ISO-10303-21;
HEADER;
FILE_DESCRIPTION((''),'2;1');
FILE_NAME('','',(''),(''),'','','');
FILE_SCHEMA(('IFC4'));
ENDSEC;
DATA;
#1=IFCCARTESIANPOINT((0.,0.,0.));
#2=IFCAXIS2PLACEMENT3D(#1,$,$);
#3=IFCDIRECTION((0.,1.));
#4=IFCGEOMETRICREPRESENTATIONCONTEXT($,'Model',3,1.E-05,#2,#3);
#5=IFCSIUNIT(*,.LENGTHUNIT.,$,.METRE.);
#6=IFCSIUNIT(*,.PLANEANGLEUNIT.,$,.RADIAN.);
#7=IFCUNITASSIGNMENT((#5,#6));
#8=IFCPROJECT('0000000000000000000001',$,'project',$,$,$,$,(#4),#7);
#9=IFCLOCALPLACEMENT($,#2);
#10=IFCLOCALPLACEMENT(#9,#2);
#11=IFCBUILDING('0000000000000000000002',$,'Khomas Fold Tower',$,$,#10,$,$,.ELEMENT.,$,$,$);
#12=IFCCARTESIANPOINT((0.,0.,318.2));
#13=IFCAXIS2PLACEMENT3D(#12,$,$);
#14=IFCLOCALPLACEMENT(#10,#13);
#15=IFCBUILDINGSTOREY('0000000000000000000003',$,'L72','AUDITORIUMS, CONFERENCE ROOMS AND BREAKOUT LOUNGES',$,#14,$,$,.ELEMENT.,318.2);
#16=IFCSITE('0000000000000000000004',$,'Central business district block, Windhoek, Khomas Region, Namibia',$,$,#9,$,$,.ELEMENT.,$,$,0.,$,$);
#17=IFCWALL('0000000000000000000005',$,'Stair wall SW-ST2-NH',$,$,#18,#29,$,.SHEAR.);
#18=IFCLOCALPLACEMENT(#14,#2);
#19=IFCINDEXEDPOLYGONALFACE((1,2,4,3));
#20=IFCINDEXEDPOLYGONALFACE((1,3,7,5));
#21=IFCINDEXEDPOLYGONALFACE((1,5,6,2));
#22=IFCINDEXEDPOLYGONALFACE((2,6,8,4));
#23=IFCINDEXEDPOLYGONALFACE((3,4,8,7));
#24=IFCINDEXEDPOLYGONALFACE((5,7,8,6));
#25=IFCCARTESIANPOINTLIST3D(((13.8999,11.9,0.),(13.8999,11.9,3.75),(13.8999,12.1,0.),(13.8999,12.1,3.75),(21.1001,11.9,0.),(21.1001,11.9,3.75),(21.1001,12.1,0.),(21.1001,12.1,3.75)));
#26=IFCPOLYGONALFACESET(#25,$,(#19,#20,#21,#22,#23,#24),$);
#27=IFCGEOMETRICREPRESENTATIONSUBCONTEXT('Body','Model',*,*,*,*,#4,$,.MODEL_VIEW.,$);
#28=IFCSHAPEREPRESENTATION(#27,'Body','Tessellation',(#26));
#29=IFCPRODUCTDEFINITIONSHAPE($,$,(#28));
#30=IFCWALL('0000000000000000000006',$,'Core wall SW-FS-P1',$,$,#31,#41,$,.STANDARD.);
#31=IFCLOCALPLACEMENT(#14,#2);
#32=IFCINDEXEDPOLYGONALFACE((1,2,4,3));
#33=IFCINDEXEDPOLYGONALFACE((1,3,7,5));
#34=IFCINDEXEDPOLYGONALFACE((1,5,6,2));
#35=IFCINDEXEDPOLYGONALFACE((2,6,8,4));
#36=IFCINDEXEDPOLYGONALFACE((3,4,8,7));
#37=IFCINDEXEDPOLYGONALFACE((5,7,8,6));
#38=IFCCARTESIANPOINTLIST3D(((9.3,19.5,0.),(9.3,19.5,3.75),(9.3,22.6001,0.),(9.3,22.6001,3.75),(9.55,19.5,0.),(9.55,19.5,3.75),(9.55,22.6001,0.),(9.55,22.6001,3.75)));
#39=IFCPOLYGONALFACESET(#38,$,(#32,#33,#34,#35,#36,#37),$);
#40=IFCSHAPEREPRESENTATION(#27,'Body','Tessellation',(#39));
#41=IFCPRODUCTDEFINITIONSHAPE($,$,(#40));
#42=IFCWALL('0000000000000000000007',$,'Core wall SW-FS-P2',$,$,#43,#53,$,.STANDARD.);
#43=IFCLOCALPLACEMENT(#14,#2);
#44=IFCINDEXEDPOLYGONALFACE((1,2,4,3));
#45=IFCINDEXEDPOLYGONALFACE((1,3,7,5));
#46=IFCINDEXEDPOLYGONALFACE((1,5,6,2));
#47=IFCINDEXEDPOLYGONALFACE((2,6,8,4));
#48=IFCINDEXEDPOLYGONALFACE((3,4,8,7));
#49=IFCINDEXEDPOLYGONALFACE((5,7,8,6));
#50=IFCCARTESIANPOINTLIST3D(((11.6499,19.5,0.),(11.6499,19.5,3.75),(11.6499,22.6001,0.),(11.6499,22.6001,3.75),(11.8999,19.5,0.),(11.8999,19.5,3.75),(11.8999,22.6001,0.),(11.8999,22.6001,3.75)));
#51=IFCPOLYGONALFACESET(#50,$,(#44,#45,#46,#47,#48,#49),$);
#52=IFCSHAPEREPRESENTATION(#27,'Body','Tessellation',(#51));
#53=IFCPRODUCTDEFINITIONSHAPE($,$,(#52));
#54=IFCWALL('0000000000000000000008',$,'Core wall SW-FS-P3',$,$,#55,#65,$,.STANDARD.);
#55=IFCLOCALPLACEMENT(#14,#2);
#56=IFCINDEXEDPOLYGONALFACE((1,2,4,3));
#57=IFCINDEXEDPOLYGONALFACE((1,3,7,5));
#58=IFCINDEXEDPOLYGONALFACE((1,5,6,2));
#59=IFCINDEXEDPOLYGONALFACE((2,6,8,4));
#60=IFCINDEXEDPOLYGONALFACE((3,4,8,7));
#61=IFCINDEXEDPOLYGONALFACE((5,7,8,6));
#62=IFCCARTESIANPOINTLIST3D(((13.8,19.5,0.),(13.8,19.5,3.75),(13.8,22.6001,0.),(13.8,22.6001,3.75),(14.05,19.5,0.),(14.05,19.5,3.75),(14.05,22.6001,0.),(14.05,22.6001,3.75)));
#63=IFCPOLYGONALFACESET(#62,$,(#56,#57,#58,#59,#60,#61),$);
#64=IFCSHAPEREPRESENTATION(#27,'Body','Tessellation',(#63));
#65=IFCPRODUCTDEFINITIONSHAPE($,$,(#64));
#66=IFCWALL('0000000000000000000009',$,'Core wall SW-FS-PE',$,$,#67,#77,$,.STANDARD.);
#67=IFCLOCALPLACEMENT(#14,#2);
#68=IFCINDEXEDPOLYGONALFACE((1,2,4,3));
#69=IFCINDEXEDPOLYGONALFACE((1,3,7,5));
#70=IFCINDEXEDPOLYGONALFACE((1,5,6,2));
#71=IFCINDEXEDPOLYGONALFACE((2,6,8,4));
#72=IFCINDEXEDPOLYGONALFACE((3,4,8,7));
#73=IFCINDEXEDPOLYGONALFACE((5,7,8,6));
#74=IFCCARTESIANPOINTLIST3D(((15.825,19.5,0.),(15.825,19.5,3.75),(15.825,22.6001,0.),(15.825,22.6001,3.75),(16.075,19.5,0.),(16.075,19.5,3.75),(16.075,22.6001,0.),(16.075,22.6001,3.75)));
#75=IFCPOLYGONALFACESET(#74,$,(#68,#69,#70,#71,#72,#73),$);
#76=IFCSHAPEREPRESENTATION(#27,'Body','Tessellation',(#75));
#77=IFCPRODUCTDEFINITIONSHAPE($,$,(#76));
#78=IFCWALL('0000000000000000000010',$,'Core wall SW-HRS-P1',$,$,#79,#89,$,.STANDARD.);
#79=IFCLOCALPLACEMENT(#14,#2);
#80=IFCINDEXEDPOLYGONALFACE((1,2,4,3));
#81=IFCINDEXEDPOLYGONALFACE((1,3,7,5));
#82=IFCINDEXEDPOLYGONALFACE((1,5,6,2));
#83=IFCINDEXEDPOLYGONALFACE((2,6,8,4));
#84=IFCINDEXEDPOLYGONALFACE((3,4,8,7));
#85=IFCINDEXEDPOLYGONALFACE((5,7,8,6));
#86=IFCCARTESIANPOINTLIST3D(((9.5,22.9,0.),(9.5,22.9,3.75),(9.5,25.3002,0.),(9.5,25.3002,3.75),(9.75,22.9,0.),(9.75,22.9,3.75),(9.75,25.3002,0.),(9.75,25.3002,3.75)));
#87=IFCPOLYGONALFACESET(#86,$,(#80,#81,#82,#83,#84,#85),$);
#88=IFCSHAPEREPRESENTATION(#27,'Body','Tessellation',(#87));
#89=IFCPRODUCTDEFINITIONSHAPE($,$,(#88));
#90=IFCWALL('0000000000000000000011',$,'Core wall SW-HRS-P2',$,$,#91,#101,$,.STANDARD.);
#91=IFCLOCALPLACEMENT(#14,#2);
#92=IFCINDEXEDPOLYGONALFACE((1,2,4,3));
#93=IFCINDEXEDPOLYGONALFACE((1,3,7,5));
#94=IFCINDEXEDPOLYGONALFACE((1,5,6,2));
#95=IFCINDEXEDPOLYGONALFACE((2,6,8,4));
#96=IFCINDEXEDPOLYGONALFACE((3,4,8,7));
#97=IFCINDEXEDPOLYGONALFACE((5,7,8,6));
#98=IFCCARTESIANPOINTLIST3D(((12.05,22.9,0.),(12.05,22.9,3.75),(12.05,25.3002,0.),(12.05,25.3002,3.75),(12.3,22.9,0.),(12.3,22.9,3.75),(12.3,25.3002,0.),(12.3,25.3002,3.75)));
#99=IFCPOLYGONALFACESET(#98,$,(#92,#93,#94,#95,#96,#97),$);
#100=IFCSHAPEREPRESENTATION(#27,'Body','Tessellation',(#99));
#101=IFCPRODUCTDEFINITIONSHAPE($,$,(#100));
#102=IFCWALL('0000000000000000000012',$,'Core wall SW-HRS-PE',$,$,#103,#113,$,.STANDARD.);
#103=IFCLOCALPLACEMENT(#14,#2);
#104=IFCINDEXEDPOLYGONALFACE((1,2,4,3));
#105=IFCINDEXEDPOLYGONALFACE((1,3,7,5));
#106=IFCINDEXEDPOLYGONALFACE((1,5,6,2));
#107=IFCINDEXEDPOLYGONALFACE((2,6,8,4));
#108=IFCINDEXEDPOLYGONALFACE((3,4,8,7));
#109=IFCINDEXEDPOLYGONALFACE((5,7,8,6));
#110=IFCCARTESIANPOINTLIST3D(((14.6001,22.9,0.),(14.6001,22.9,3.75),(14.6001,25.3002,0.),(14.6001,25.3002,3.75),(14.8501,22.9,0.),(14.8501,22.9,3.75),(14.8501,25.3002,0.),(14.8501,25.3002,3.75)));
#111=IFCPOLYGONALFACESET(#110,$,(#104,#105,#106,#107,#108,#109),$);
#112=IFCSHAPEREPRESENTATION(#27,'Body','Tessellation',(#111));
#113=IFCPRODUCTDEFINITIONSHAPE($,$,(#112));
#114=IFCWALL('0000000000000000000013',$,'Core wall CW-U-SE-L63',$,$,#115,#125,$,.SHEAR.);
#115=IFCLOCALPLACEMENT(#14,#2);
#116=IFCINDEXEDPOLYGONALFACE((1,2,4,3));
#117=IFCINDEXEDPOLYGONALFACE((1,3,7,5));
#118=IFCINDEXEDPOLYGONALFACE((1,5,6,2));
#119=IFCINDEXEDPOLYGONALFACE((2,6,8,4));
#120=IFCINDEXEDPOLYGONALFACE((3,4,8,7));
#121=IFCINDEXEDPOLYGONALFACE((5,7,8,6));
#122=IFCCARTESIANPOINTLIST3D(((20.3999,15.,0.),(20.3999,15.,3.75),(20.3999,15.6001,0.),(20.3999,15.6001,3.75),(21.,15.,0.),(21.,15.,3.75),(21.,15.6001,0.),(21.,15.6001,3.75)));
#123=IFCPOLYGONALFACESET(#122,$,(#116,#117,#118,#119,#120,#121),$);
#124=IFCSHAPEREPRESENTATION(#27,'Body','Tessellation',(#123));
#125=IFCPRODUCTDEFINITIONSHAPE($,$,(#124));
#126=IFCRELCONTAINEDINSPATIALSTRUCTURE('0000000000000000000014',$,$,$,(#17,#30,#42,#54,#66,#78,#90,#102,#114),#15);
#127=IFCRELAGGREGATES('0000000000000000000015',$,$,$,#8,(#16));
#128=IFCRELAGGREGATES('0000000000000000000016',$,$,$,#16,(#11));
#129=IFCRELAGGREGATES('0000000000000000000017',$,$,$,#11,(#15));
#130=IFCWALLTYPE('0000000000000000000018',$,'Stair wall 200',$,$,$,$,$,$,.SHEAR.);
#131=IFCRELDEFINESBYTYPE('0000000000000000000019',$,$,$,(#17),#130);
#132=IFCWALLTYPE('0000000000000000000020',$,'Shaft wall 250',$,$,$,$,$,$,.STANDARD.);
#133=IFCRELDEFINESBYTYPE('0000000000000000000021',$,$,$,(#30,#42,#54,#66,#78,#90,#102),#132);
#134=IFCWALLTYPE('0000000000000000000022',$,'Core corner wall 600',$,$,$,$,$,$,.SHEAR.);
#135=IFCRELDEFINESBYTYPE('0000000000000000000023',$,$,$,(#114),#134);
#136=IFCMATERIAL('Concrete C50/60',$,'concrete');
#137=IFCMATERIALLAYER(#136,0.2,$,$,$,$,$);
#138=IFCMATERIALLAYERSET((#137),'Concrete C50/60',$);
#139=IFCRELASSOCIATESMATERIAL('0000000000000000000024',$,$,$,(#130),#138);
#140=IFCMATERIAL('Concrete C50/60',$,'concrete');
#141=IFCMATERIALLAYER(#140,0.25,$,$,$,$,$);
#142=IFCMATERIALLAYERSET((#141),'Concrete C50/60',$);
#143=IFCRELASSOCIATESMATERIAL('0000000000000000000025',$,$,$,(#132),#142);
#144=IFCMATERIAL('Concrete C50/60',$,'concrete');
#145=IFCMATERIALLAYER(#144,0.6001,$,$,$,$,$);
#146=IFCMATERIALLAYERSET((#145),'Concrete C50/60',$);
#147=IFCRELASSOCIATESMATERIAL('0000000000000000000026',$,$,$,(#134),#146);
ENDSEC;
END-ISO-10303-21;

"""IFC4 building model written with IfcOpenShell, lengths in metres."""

from ifc_helpers import new_model, si_unit, direction, frame, frame_2d, origin, place, context, subcontext, project, spatial, rectangle, extrude, source, transform, mapped, material, layer, layer_set, type_object, element, save


model = new_model("IFC4")

# Units and contexts
model_context = context("Model", 3, precision=1e-05, world=origin(), true_north=direction((0.0, 1.0)))
body_context = subcontext(model_context, "Body", "Model", "MODEL_VIEW")
ifc_project = project(units=[si_unit("LENGTHUNIT", "METRE"), si_unit("PLANEANGLEUNIT", "RADIAN")], contexts=[model_context])

# Site, building, storey
site_placement = place(None, origin())
site = spatial("IfcSite", under=ifc_project, at=site_placement, Name="Central business district block, Windhoek, Khomas Region, Namibia", CompositionType="ELEMENT", RefElevation=0.0)
building_placement = place(site_placement, origin())
building = spatial("IfcBuilding", under=site, at=building_placement, Name="Khomas Fold Tower", CompositionType="ELEMENT")
storey_placement = place(building_placement, frame((0.0, 0.0, 318.2)))
storey = spatial("IfcBuildingStorey", under=building, at=storey_placement, Name="L72", Description="AUDITORIUMS, CONFERENCE ROOMS AND BREAKOUT LOUNGES", CompositionType="ELEMENT", Elevation=318.2)

# Walls
ifc_material_1 = material(Name="Concrete C50/60", Category="concrete")
ifc_layer_1 = layer(ifc_material_1, 0.2)
ifc_layer_set_1 = layer_set([ifc_layer_1], Name="Concrete C50/60")
wall_type_1 = type_object("IfcWallType", Name="Stair wall 200", PredefinedType="SHEAR", material=ifc_layer_set_1)
shared_shape_1 = source(origin(), body_context, "Body", "SweptSolid", [
    extrude(rectangle(XDim=7.2002, YDim=0.2, at=frame_2d((3.6001, 0.0))), origin(), (0.0, 0.0, 1.0), 3.75),
])
wall_1_placement = place(storey_placement, frame((13.8999, 12.0, 0.0), z_axis=(0.0, 0.0, 1.0), x_axis=(1.0, 0.0, 0.0)))
element("IfcWall", 1, at=wall_1_placement, inside=storey, type_object=wall_type_1, Name="Stair wall SW-ST2-NH", PredefinedType="SHEAR", context=body_context, shape_type="MappedRepresentation", body=[
    mapped(shared_shape_1, transform((0.0, 0.0, 0.0))),
])
ifc_material_2 = material(Name="Concrete C50/60", Category="concrete")
ifc_layer_2 = layer(ifc_material_2, 0.25)
ifc_layer_set_2 = layer_set([ifc_layer_2], Name="Concrete C50/60")
wall_type_2 = type_object("IfcWallType", Name="Shaft wall 250", PredefinedType="STANDARD", material=ifc_layer_set_2)
shared_shape_2 = source(origin(), body_context, "Body", "SweptSolid", [
    extrude(rectangle(XDim=3.1001, YDim=0.25, at=frame_2d((1.55, 0.0))), origin(), (0.0, 0.0, 1.0), 3.75),
])
for number, where, z_axis, x_axis, name in (
    (2, (9.425, 19.5, 0.0), (0.0, 0.0, 1.0), (0.0, 1.0, 0.0), "Core wall SW-FS-P1"),
    (3, (11.7749, 19.5, 0.0), (0.0, 0.0, 1.0), (0.0, 1.0, 0.0), "Core wall SW-FS-P2"),
    (4, (13.925, 19.5, 0.0), (0.0, 0.0, 1.0), (0.0, 1.0, 0.0), "Core wall SW-FS-P3"),
    (5, (15.95, 19.5, 0.0), (0.0, 0.0, 1.0), (0.0, 1.0, 0.0), "Core wall SW-FS-PE"),
):
    element("IfcWall", number, at=place(storey_placement, frame(where, z_axis=z_axis, x_axis=x_axis)), inside=storey, type_object=wall_type_2, Name=name, PredefinedType="STANDARD", context=body_context, shape_type="MappedRepresentation", body=[
        mapped(shared_shape_2, transform((0.0, 0.0, 0.0))),
    ])
shared_shape_3 = source(origin(), body_context, "Body", "SweptSolid", [
    extrude(rectangle(XDim=2.4001, YDim=0.25, at=frame_2d((1.2002, 0.0))), origin(), (0.0, 0.0, 1.0), 3.75),
])
for number, where, z_axis, x_axis, name in (
    (6, (9.625, 22.8999, 0.0), (0.0, 0.0, 1.0), (0.0, 1.0, 0.0), "Core wall SW-HRS-P1"),
    (7, (12.175, 22.8999, 0.0), (0.0, 0.0, 1.0), (0.0, 1.0, 0.0), "Core wall SW-HRS-P2"),
    (8, (14.7251, 22.8999, 0.0), (0.0, 0.0, 1.0), (0.0, 1.0, 0.0), "Core wall SW-HRS-PE"),
):
    element("IfcWall", number, at=place(storey_placement, frame(where, z_axis=z_axis, x_axis=x_axis)), inside=storey, type_object=wall_type_2, Name=name, PredefinedType="STANDARD", context=body_context, shape_type="MappedRepresentation", body=[
        mapped(shared_shape_3, transform((0.0, 0.0, 0.0))),
    ])
ifc_material_3 = material(Name="Concrete C50/60", Category="concrete")
ifc_layer_3 = layer(ifc_material_3, 0.6001)
ifc_layer_set_3 = layer_set([ifc_layer_3], Name="Concrete C50/60")
wall_type_3 = type_object("IfcWallType", Name="Core corner wall 600", PredefinedType="SHEAR", material=ifc_layer_set_3)
shared_shape_4 = source(origin(), body_context, "Body", "SweptSolid", [
    extrude(rectangle(XDim=0.6001, YDim=0.6001, at=frame_2d((0.3, 0.0))), origin(), (0.0, 0.0, 1.0), 3.75),
])
wall_2_placement = place(storey_placement, frame((20.3999, 15.3, 0.0), z_axis=(0.0, 0.0, 1.0), x_axis=(1.0, 0.0, 0.0)))
element("IfcWall", 9, at=wall_2_placement, inside=storey, type_object=wall_type_3, Name="Core wall CW-U-SE-L63", PredefinedType="SHEAR", context=body_context, shape_type="MappedRepresentation", body=[
    mapped(shared_shape_4, transform((0.0, 0.0, 0.0))),
])

save(model, "model.ifc")
